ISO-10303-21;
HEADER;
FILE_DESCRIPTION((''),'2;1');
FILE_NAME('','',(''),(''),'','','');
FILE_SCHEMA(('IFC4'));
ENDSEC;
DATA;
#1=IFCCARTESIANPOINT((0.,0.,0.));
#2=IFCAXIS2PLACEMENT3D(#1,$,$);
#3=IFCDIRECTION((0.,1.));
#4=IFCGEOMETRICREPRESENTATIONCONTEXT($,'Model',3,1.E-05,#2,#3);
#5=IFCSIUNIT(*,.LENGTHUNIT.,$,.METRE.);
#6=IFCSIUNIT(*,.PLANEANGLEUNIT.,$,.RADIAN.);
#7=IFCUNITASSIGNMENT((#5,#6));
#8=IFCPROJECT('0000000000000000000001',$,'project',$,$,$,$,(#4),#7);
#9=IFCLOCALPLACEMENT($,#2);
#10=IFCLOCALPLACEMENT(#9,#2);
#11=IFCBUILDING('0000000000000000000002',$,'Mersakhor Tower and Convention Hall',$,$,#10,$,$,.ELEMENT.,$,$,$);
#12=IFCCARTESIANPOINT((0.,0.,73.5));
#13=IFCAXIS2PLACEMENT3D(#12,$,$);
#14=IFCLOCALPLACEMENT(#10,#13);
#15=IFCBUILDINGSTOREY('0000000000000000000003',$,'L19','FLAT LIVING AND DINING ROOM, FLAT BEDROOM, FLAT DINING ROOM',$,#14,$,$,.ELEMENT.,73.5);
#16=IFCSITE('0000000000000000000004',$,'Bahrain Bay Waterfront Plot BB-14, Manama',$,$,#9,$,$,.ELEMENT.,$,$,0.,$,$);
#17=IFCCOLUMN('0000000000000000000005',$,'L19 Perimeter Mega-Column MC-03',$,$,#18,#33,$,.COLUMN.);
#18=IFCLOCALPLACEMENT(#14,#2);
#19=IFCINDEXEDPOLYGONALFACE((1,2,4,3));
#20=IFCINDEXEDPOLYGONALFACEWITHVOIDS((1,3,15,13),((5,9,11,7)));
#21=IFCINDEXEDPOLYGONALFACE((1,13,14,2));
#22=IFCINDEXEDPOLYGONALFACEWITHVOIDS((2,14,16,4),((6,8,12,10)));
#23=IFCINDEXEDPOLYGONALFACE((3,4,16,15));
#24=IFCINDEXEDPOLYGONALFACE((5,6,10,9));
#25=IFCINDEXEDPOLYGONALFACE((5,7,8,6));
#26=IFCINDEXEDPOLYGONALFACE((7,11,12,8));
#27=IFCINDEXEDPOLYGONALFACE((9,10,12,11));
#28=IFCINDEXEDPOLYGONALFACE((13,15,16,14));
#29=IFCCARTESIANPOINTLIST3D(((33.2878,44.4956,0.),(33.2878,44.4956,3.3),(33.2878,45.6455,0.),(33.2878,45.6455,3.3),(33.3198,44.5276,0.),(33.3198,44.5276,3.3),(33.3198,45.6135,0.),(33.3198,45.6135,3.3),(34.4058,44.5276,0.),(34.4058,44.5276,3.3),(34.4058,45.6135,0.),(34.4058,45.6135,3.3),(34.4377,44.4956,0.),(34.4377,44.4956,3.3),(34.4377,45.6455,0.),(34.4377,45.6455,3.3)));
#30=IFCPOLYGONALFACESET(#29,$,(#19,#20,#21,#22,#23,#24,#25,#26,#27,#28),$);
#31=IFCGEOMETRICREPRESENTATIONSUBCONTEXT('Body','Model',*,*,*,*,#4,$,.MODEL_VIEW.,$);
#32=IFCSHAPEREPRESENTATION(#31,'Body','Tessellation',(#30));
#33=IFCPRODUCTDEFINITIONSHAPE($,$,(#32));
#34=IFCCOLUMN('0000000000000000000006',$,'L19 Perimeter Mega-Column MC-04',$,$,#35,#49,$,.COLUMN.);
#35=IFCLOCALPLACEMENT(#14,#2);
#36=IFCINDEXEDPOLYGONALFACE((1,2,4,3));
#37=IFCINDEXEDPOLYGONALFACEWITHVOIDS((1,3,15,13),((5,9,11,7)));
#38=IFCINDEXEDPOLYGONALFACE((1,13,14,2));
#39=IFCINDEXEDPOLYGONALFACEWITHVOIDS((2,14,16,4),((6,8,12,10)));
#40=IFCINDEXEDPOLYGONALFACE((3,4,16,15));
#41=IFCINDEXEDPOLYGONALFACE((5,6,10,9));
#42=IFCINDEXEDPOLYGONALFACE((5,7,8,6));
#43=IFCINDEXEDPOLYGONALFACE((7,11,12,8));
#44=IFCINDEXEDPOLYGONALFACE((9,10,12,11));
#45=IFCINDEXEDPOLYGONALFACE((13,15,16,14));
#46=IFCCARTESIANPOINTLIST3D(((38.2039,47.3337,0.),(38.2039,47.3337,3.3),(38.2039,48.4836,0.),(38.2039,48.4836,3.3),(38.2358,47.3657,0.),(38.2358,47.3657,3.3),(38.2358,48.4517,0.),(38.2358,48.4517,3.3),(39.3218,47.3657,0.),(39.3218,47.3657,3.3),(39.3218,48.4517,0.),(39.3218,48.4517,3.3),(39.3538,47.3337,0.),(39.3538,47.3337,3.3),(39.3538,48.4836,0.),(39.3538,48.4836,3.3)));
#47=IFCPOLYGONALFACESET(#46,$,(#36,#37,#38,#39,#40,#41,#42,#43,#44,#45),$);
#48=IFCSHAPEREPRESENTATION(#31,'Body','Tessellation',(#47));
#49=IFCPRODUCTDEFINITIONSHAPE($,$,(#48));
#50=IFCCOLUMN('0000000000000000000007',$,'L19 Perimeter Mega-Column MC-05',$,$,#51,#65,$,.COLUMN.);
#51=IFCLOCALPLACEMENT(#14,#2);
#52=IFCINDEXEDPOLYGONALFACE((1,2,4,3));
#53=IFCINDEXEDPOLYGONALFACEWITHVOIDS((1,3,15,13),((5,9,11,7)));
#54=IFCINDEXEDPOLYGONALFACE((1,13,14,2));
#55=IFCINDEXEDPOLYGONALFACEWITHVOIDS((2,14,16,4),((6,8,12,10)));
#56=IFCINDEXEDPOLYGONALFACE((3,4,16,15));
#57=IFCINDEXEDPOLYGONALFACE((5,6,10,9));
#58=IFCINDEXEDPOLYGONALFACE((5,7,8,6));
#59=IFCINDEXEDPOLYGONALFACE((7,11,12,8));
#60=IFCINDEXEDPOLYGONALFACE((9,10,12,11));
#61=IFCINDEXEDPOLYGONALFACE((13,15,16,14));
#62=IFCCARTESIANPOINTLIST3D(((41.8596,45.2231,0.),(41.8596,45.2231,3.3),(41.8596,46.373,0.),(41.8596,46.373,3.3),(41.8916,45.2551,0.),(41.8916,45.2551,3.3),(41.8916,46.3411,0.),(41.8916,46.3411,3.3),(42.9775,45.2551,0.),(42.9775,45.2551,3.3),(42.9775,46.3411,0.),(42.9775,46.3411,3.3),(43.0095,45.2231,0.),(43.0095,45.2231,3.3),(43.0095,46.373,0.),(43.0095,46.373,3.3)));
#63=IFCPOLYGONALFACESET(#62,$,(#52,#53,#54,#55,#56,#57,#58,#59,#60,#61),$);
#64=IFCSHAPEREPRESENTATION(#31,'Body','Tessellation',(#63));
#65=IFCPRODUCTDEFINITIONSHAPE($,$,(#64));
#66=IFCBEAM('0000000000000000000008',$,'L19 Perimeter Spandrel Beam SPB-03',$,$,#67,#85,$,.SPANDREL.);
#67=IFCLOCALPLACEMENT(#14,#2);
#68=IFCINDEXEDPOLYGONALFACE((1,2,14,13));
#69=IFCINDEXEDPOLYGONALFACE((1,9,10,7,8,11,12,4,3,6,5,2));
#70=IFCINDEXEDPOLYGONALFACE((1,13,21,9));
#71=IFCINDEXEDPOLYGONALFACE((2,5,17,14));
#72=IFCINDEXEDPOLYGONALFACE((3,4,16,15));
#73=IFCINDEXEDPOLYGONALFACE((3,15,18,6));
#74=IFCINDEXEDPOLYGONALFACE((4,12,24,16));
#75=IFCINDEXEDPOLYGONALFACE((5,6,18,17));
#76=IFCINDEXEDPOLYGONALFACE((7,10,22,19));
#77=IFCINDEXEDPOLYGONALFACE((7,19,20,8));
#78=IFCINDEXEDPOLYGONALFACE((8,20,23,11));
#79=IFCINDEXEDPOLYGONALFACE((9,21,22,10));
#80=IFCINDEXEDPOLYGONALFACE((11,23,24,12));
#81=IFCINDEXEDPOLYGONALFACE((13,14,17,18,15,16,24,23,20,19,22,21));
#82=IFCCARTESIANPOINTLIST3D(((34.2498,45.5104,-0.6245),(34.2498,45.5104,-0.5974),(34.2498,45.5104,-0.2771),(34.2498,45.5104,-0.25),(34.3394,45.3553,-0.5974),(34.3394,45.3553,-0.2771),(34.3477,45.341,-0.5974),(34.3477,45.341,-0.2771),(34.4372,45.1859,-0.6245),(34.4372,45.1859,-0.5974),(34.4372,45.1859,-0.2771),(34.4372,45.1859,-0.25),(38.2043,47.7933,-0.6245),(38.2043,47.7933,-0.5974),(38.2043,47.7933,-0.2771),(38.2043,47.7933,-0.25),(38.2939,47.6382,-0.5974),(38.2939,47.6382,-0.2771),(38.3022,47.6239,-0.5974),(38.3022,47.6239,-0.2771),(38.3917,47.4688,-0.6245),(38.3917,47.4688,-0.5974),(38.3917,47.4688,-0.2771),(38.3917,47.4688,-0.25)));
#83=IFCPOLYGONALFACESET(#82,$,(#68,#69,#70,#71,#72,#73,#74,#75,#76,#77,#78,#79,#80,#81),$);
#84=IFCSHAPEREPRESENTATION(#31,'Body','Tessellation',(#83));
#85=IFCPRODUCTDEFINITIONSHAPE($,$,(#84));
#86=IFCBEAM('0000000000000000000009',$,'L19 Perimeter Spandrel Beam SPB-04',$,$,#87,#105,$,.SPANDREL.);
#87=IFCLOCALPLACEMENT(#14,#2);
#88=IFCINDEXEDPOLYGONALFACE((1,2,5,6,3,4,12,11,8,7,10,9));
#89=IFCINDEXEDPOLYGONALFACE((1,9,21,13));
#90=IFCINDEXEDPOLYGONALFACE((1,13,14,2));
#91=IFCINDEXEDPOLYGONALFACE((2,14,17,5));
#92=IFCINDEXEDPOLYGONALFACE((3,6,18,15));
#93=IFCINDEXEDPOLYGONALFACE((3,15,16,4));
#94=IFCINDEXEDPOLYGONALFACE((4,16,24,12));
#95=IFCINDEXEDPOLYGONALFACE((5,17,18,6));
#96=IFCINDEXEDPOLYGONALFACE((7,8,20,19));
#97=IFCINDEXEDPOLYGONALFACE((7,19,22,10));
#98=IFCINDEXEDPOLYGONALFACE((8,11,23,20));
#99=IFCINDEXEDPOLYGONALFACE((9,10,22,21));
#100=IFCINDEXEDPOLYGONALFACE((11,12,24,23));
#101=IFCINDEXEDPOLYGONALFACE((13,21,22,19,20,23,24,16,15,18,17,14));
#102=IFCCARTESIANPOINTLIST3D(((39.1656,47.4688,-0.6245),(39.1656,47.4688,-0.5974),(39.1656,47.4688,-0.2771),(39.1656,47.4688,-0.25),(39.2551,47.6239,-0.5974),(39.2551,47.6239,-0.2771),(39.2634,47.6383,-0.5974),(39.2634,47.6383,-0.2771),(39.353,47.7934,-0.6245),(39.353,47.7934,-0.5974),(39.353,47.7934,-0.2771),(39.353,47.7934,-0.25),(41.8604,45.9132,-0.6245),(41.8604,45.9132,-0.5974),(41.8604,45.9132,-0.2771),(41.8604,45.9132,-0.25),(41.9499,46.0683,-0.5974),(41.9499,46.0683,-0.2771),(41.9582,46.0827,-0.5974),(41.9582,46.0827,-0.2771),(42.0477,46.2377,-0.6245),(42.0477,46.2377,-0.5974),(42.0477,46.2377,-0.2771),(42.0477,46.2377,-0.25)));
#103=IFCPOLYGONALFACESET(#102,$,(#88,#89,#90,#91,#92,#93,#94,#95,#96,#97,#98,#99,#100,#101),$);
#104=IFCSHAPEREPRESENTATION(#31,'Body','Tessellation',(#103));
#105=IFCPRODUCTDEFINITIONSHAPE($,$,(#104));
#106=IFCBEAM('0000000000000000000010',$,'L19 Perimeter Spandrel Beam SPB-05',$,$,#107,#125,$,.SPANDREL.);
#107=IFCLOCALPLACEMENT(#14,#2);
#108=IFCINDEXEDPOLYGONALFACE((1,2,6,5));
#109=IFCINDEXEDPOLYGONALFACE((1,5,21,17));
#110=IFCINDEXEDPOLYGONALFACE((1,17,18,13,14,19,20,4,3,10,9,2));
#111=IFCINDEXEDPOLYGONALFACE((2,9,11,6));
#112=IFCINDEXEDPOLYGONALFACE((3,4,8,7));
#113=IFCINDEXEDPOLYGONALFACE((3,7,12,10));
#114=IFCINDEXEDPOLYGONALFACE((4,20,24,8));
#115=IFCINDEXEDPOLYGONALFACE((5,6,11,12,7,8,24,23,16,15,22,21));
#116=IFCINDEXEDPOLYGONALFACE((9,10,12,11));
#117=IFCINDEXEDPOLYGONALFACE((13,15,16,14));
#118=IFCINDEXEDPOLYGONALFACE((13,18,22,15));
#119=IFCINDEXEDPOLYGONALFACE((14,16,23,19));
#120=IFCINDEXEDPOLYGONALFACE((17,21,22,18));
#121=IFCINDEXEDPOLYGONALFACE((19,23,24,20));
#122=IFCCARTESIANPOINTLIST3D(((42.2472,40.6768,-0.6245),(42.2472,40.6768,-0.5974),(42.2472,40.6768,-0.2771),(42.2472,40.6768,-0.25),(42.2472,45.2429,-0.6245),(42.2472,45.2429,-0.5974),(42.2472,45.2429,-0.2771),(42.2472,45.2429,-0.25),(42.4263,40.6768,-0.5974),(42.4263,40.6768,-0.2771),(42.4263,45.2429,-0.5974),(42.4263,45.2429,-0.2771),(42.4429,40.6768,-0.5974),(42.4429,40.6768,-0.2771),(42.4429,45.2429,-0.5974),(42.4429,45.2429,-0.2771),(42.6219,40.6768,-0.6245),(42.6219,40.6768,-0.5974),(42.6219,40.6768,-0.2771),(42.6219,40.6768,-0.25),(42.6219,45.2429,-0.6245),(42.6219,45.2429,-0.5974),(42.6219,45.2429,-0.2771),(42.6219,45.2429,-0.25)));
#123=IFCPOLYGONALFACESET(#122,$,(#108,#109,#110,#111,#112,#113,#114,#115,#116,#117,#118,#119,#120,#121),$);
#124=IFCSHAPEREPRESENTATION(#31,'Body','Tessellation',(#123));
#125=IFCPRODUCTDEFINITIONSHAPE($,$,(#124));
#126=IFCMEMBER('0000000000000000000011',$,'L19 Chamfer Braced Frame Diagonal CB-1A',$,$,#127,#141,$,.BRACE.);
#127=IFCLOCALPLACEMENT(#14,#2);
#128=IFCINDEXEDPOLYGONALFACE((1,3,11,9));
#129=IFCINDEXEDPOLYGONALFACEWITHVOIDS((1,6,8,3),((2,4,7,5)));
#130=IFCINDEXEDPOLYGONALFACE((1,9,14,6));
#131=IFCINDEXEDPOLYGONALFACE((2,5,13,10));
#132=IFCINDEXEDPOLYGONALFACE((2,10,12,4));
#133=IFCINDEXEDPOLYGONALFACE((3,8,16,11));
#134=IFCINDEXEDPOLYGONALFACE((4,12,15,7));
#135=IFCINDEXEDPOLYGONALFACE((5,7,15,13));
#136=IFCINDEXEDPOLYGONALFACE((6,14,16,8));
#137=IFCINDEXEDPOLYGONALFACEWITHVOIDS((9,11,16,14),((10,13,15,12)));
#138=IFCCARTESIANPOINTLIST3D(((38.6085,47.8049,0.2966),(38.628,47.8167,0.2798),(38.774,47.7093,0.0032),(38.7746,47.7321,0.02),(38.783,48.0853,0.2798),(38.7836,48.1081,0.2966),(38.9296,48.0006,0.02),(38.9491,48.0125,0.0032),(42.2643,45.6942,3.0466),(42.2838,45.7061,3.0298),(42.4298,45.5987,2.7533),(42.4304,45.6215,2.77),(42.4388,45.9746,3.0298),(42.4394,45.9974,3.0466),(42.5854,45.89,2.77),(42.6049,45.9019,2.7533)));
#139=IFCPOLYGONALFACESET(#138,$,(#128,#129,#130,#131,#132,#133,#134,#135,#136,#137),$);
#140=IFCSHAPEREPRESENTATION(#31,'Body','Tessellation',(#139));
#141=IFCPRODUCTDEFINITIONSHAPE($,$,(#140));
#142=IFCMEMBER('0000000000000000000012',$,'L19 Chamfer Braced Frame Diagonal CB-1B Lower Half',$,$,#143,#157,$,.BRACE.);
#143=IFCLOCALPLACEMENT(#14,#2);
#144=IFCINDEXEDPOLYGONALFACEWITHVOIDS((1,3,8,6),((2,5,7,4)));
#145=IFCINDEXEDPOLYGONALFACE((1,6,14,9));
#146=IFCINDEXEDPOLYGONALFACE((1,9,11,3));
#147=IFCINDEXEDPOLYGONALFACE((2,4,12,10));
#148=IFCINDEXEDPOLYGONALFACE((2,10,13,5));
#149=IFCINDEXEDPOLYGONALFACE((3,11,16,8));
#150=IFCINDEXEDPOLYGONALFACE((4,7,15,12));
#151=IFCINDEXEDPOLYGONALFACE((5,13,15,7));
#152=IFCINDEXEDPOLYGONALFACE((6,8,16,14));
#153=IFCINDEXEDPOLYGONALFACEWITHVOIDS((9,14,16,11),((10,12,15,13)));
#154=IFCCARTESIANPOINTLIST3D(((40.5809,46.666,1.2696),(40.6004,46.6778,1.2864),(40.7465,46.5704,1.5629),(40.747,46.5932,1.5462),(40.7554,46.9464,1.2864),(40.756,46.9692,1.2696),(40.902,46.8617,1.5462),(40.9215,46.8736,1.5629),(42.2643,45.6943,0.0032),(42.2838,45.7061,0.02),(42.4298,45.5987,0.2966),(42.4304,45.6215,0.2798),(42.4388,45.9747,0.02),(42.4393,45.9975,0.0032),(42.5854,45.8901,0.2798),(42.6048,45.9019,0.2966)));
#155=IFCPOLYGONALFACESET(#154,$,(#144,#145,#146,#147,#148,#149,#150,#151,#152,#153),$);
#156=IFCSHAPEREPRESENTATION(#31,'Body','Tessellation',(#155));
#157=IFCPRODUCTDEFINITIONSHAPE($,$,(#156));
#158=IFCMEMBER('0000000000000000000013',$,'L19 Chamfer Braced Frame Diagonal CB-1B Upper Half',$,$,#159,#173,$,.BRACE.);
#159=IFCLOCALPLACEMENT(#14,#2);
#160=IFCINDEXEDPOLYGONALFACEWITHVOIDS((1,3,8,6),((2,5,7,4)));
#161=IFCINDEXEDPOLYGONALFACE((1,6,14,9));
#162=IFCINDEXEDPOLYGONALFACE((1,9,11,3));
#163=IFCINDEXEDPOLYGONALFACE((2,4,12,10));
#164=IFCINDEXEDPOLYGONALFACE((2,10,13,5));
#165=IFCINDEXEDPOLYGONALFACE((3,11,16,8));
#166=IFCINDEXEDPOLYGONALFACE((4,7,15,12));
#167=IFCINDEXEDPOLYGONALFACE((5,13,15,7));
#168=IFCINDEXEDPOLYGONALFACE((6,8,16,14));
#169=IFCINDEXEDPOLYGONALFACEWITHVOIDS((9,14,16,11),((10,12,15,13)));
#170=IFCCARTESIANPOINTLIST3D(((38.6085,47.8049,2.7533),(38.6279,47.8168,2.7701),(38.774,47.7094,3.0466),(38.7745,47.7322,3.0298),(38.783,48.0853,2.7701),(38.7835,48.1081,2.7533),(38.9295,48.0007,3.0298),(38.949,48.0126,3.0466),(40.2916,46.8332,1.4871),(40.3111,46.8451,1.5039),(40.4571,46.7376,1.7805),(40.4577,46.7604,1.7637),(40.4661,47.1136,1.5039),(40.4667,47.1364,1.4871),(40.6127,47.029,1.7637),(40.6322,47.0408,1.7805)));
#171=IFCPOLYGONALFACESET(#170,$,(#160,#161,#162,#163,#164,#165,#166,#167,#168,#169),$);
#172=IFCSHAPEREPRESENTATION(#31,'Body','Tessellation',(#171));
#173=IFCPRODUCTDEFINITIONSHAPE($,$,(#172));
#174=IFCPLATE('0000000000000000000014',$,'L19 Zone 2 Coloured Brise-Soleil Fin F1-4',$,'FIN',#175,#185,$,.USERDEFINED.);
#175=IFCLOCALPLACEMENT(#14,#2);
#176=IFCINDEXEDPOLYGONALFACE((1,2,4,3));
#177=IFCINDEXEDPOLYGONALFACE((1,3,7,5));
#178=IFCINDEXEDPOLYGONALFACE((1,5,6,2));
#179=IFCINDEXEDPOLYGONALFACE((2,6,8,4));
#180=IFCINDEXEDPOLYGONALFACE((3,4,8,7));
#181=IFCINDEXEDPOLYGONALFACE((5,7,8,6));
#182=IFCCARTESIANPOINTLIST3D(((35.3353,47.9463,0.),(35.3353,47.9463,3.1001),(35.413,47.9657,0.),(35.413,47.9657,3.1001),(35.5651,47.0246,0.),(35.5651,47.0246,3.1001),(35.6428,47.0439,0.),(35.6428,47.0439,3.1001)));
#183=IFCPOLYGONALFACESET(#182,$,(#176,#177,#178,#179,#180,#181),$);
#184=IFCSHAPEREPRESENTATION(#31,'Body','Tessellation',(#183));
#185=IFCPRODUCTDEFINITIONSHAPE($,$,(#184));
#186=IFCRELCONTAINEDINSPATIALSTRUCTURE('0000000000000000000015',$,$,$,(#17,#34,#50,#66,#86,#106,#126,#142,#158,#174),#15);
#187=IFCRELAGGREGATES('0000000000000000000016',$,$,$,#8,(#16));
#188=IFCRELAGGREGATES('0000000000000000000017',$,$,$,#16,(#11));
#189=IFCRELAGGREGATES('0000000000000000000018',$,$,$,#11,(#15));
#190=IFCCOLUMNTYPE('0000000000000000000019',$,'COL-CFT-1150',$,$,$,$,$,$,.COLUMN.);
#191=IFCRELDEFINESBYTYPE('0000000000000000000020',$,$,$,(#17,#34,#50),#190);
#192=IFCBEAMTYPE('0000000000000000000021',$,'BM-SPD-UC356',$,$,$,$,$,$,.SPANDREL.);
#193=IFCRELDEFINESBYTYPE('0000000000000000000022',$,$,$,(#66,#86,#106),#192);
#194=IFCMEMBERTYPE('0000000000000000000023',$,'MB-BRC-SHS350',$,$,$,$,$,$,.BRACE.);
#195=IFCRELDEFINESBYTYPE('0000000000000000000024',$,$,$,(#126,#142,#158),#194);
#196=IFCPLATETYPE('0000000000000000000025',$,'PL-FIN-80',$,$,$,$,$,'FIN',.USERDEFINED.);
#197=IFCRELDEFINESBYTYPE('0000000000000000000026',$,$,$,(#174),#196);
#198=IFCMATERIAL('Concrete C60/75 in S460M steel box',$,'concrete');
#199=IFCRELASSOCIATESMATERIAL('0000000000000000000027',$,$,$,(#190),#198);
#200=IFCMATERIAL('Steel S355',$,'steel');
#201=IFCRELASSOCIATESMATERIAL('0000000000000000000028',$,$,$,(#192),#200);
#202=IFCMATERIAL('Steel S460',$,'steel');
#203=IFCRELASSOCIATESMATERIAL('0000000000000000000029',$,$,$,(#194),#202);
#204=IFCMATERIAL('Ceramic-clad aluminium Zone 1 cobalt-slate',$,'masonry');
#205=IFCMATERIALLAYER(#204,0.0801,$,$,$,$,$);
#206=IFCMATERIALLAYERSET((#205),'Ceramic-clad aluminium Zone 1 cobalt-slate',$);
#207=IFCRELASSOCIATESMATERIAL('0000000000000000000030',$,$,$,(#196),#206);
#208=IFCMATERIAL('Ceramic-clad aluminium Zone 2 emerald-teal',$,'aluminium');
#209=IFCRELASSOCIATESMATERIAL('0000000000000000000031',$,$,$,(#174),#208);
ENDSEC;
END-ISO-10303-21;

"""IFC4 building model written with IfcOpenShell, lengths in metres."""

from ifc_helpers import new_model, si_unit, direction, frame, origin, origin_2d, place, context, subcontext, project, spatial, rectangle, hollow_rectangle, i_section, extrude, material, layer, layer_set, material_profile, profile_set, type_object, element, save


model = new_model("IFC4")

# Units and contexts
model_context = context("Model", 3, precision=1e-05, world=origin(), true_north=direction((0.0, 1.0)))
body_context = subcontext(model_context, "Body", "Model", "MODEL_VIEW")
ifc_project = project(units=[si_unit("LENGTHUNIT", "METRE"), si_unit("PLANEANGLEUNIT", "RADIAN")], contexts=[model_context])

# Site, building, storey
site_placement = place(None, origin())
site = spatial("IfcSite", under=ifc_project, at=site_placement, Name="Bahrain Bay Waterfront Plot BB-14, Manama", CompositionType="ELEMENT", RefElevation=0.0)
building_placement = place(site_placement, origin())
building = spatial("IfcBuilding", under=site, at=building_placement, Name="Mersakhor Tower and Convention Hall", CompositionType="ELEMENT")
storey_placement = place(building_placement, frame((0.0, 0.0, 73.5)))
storey = spatial("IfcBuildingStorey", under=building, at=storey_placement, Name="L19", Description="FLAT LIVING AND DINING ROOM, FLAT BEDROOM, FLAT DINING ROOM", CompositionType="ELEMENT", Elevation=73.5)

# Columns
ifc_material_1 = material(Name="Concrete C60/75 in S460M steel box", Category="concrete")
ifc_material_profile_1 = material_profile(ifc_material_1, hollow_rectangle(XDim=1.1499, YDim=1.1499, WallThickness=0.032, at=origin_2d()), Name="SHS 1150x1150x32")
ifc_profile_set_1 = profile_set([ifc_material_profile_1], Name="Concrete C60/75 in S460M steel box")
column_type = type_object("IfcColumnType", Name="COL-CFT-1150", PredefinedType="COLUMN", material=ifc_profile_set_1)
for number, where, z_axis, x_axis, name in (
    (1, (33.8628, 45.0706, 0.0), (0.0, 0.0, 1.0), (1.0, 0.0, 0.0), "L19 Perimeter Mega-Column MC-03"),
    (2, (38.7788, 47.9087, 0.0), (0.0, 0.0, 1.0), (1.0, 0.0, 0.0), "L19 Perimeter Mega-Column MC-04"),
    (3, (42.4346, 45.7981, 0.0), (0.0, 0.0, 1.0), (1.0, 0.0, 0.0), "L19 Perimeter Mega-Column MC-05"),
):
    element("IfcColumn", number, at=place(storey_placement, frame(where, z_axis=z_axis, x_axis=x_axis)), inside=storey, type_object=column_type, Name=name, PredefinedType="COLUMN", context=body_context, shape_type="SweptSolid", body=[
        extrude(hollow_rectangle(XDim=1.1499, YDim=1.1499, WallThickness=0.032, at=origin_2d()), origin(), (0.0, 0.0, 1.0), 3.3),
    ])

# Beams
ifc_material_2 = material(Name="Steel S355", Category="steel")
ifc_material_profile_2 = material_profile(ifc_material_2, i_section(OverallWidth=0.3748, OverallDepth=0.3745, WebThickness=0.0166, FlangeThickness=0.0271, at=origin_2d()), Name="UC 356x368x202")
ifc_profile_set_2 = profile_set([ifc_material_profile_2], Name="Steel S355")
beam_type = type_object("IfcBeamType", Name="BM-SPD-UC356", PredefinedType="SPANDREL", material=ifc_profile_set_2)
beam_1_placement = place(storey_placement, frame((34.3435, 45.3481, -0.4373), z_axis=(0.866047, 0.499963, 0.0), x_axis=(-0.499963, 0.866047, 0.0)))
element("IfcBeam", 4, at=beam_1_placement, inside=storey, type_object=beam_type, Name="L19 Perimeter Spandrel Beam SPB-03", PredefinedType="SPANDREL", context=body_context, shape_type="SweptSolid", body=[
    extrude(i_section(OverallWidth=0.3748, OverallDepth=0.3745, WebThickness=0.0166, FlangeThickness=0.0271, at=origin_2d()), origin(), (0.0, 0.0, 1.0), 4.5662),
])
beam_2_placement = place(storey_placement, frame((39.2593, 47.6311, -0.4373), z_axis=(0.866052, -0.499953, 0.0), x_axis=(0.499953, 0.866052, 0.0)))
element("IfcBeam", 5, at=beam_2_placement, inside=storey, type_object=beam_type, Name="L19 Perimeter Spandrel Beam SPB-04", PredefinedType="SPANDREL", context=body_context, shape_type="SweptSolid", body=[
    extrude(i_section(OverallWidth=0.3748, OverallDepth=0.3745, WebThickness=0.0166, FlangeThickness=0.0271, at=origin_2d()), origin(), (0.0, 0.0, 1.0), 3.1116),
])
beam_3_placement = place(storey_placement, frame((42.4346, 45.2429, -0.4373), z_axis=(0.0, -1.0, 0.0), x_axis=(1.0, 0.0, 0.0)))
element("IfcBeam", 6, at=beam_3_placement, inside=storey, type_object=beam_type, Name="L19 Perimeter Spandrel Beam SPB-05", PredefinedType="SPANDREL", context=body_context, shape_type="SweptSolid", body=[
    extrude(i_section(OverallWidth=0.3748, OverallDepth=0.3745, WebThickness=0.0166, FlangeThickness=0.0271, at=origin_2d()), origin(), (0.0, 0.0, 1.0), 4.5662),
])

# Members
ifc_material_3 = material(Name="Steel S460", Category="steel")
ifc_material_profile_3 = material_profile(ifc_material_3, hollow_rectangle(XDim=0.3501, YDim=0.3501, WallThickness=0.02, at=origin_2d()), Name="SHS 350x350x20")
ifc_profile_set_3 = profile_set([ifc_material_profile_3], Name="Steel S460")
member_type = type_object("IfcMemberType", Name="MB-BRC-SHS350", PredefinedType="BRACE", material=ifc_profile_set_3)
member_1_placement = place(storey_placement, frame((38.7788, 47.9087, 0.1499), z_axis=(0.725634, -0.418933, 0.545849), x_axis=(0.499989, 0.866031, 0.0)))
element("IfcMember", 7, at=member_1_placement, inside=storey, type_object=member_type, Name="L19 Chamfer Braced Frame Diagonal CB-1A", PredefinedType="BRACE", context=body_context, shape_type="SweptSolid", body=[
    extrude(hollow_rectangle(XDim=0.3501, YDim=0.3501, WallThickness=0.02, at=origin_2d()), origin(), (0.0, 0.0, 1.0), 5.0381),
])
member_2_placement = place(storey_placement, frame((42.4346, 45.7981, 0.1499), z_axis=(-0.725643, 0.418863, 0.54589), x_axis=(-0.499922, -0.866071, 0.0)))
element("IfcMember", 8, at=member_2_placement, inside=storey, type_object=member_type, Name="L19 Chamfer Braced Frame Diagonal CB-1B Lower Half", PredefinedType="BRACE", context=body_context, shape_type="SweptSolid", body=[
    extrude(hollow_rectangle(XDim=0.3501, YDim=0.3501, WallThickness=0.02, at=origin_2d()), origin(), (0.0, 0.0, 1.0), 2.3198),
])
member_3_placement = place(storey_placement, frame((40.4619, 46.937, 1.6338), z_axis=(-0.725635, 0.418919, 0.545858), x_axis=(-0.499976, -0.866039, 0.0)))
element("IfcMember", 9, at=member_3_placement, inside=storey, type_object=member_type, Name="L19 Chamfer Braced Frame Diagonal CB-1B Upper Half", PredefinedType="BRACE", context=body_context, shape_type="SweptSolid", body=[
    extrude(hollow_rectangle(XDim=0.3501, YDim=0.3501, WallThickness=0.02, at=origin_2d()), origin(), (0.0, 0.0, 1.0), 2.3196),
])

# Plate
ifc_material_4 = material(Name="Ceramic-clad aluminium Zone 2 emerald-teal", Category="aluminium")
ifc_material_5 = material(Name="Ceramic-clad aluminium Zone 1 cobalt-slate", Category="masonry")
ifc_layer_1 = layer(ifc_material_5, 0.0801)
ifc_layer_set_1 = layer_set([ifc_layer_1], Name="Ceramic-clad aluminium Zone 1 cobalt-slate")
plate_type_1 = type_object("IfcPlateType", Name="PL-FIN-80", ElementType="FIN", PredefinedType="USERDEFINED", material=ifc_layer_set_1)
plate_1_placement = place(storey_placement, frame((35.489, 47.4951, 0.0), z_axis=(0.0, 0.0, 1.0), x_axis=(-0.241922, 0.970296, 0.0)))
element("IfcPlate", 10, at=plate_1_placement, inside=storey, type_object=plate_type_1, material=ifc_material_4, Name="L19 Zone 2 Coloured Brise-Soleil Fin F1-4", ObjectType="FIN", PredefinedType="USERDEFINED", context=body_context, shape_type="SweptSolid", body=[
    extrude(rectangle(XDim=0.95, YDim=0.0801, at=origin_2d()), origin(), (0.0, 0.0, 1.0), 3.1001),
])

save(model, "model.ifc")
